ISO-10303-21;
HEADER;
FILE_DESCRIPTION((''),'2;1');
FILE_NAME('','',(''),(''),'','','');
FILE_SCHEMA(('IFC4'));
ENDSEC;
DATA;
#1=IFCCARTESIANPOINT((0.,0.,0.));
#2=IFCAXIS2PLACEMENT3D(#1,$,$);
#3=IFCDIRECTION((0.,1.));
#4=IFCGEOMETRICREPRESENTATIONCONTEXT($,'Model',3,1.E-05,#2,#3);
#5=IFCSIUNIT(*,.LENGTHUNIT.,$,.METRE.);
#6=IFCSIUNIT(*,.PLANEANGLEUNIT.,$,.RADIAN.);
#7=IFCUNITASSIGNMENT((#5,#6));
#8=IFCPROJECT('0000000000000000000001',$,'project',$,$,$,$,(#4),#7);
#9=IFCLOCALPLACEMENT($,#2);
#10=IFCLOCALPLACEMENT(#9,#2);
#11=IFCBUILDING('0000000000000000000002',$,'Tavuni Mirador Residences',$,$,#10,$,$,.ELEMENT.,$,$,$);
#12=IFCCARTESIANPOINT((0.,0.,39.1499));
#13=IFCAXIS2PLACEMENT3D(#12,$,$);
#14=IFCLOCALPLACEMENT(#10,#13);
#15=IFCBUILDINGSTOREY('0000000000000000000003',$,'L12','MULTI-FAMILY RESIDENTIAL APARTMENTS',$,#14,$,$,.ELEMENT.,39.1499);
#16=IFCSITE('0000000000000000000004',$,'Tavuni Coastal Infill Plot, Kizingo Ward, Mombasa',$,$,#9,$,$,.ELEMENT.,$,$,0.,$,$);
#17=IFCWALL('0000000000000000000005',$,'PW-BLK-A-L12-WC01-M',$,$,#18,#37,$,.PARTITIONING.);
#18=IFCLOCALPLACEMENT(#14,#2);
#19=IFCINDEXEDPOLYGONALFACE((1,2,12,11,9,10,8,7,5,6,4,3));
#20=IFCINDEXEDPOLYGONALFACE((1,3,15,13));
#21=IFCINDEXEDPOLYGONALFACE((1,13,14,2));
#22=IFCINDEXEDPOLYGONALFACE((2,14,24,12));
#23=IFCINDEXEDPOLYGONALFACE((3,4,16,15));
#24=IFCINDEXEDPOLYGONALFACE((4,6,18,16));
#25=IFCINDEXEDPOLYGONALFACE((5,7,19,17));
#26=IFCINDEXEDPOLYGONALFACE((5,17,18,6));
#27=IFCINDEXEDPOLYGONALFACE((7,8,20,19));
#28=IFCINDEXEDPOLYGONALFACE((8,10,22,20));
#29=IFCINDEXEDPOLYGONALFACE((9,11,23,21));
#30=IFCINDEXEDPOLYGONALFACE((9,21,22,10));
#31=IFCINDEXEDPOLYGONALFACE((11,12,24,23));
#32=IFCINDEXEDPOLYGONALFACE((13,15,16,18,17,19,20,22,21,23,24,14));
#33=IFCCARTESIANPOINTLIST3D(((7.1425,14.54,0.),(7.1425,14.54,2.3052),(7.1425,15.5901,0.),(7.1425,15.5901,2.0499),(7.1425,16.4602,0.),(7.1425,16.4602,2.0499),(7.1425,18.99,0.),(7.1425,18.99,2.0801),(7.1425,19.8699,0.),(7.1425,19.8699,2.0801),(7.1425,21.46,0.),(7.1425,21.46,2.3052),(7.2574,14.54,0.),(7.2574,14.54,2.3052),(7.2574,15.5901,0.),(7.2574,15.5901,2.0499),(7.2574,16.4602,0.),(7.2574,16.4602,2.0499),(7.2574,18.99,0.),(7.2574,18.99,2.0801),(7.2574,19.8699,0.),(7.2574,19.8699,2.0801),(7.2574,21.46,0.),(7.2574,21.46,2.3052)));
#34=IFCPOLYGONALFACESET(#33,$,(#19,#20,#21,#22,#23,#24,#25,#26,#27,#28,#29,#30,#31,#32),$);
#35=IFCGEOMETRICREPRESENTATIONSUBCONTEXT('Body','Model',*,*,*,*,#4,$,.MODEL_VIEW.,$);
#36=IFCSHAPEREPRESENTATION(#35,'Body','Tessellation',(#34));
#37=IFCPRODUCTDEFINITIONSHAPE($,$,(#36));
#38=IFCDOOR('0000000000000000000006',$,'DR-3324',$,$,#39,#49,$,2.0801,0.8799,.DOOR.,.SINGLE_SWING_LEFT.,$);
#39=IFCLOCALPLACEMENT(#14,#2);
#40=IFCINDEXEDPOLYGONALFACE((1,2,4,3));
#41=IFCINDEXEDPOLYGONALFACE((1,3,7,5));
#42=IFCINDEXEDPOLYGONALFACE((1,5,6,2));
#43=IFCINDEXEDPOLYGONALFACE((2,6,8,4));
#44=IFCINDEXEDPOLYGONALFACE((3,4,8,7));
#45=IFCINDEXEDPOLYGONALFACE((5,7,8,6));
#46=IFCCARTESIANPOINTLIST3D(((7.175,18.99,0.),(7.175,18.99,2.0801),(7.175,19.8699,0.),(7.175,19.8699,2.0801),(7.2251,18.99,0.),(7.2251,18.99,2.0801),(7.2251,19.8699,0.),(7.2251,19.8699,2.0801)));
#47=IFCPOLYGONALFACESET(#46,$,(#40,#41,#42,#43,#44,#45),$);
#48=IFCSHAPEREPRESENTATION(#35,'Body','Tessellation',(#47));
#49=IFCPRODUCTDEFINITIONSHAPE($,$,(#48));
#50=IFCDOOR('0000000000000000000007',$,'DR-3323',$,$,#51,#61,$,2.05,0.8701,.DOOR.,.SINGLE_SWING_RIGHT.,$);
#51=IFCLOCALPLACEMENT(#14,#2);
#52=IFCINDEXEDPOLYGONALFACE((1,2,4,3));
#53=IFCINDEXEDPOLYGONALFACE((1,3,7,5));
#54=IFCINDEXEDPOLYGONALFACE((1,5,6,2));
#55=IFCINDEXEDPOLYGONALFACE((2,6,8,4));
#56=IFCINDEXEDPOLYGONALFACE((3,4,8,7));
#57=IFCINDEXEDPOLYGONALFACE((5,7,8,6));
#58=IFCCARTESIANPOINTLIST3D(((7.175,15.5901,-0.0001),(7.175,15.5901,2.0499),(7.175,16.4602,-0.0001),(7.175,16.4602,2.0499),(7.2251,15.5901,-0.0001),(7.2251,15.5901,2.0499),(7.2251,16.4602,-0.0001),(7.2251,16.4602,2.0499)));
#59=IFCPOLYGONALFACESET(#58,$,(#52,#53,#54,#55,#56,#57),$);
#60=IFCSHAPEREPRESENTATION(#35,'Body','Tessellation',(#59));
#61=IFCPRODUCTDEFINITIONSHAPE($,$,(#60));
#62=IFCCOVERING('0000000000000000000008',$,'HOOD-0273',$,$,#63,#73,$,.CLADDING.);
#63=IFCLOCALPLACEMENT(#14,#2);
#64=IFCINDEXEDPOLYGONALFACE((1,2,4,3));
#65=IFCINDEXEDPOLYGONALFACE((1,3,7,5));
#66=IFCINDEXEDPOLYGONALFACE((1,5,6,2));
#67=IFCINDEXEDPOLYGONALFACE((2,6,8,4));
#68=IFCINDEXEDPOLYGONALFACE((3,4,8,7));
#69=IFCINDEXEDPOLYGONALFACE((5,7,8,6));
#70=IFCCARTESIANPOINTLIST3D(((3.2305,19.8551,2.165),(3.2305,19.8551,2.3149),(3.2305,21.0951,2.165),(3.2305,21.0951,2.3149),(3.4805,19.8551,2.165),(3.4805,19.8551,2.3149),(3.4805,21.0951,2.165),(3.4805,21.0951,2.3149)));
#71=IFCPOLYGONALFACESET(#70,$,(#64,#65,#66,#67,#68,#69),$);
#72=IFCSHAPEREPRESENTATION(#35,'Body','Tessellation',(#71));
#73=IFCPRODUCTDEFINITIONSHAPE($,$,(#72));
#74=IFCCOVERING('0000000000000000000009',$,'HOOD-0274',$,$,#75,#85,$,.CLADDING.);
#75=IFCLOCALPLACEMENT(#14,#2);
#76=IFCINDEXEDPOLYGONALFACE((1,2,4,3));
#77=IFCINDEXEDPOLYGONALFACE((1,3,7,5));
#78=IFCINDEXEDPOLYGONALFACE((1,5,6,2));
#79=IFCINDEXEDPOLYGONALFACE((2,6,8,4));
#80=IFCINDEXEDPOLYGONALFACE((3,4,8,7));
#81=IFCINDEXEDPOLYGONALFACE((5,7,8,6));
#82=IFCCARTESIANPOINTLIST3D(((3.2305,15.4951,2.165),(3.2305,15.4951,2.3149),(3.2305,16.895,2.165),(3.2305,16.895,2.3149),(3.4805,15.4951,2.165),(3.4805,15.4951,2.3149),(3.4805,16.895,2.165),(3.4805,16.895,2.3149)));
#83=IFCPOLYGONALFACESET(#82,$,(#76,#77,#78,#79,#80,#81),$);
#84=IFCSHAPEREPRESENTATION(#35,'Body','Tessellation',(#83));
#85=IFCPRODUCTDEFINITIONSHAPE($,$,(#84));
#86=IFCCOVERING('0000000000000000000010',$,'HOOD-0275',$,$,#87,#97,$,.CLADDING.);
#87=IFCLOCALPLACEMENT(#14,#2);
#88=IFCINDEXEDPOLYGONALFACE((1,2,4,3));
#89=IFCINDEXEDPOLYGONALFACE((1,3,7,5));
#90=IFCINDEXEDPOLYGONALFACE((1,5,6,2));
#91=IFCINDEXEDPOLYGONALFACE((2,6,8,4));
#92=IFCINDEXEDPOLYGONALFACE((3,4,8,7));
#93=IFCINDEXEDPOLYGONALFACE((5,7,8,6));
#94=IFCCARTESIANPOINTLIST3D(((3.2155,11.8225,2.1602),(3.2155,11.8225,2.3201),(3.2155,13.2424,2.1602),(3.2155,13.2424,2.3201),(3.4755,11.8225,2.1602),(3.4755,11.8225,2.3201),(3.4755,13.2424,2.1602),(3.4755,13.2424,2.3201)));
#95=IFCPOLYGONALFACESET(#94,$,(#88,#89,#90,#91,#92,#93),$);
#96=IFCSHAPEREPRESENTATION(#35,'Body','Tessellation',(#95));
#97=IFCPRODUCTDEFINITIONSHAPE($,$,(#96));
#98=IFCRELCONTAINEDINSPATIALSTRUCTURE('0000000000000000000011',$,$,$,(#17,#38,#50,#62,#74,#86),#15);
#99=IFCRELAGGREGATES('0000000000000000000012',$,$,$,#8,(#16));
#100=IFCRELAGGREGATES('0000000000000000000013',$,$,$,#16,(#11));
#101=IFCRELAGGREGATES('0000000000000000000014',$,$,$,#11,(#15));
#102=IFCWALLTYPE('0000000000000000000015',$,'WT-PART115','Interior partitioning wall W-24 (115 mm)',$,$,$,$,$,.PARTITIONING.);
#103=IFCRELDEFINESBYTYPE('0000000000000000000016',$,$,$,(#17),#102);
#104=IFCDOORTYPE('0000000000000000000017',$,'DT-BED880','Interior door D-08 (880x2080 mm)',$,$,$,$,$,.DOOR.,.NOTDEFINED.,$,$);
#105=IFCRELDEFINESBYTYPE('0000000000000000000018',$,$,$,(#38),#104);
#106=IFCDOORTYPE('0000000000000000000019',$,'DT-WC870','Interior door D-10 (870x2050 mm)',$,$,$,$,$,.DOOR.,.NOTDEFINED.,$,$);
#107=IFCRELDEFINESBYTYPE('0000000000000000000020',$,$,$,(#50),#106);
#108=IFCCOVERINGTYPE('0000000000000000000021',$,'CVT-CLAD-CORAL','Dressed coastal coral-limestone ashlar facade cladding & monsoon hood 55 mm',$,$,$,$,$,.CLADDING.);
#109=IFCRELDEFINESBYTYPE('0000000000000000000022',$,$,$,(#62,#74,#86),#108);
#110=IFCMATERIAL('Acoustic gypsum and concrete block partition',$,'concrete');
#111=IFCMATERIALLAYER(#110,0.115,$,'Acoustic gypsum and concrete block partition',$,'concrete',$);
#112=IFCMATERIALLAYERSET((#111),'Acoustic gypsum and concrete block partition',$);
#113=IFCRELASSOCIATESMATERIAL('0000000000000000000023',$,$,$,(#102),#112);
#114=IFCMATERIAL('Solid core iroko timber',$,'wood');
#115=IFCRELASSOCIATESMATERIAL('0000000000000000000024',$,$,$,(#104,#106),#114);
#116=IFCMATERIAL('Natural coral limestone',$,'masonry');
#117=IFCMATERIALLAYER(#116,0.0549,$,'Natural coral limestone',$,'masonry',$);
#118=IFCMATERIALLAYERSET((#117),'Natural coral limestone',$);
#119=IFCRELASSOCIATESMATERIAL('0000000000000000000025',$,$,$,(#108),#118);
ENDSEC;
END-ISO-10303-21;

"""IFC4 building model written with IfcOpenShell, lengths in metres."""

from ifc_helpers import new_model, si_unit, direction, frame, frame_2d, origin, origin_2d, place, context, subcontext, project, spatial, rectangle, extrude, material, layer, layer_set, type_object, element, fill, save


model = new_model("IFC4")

# Units and contexts
model_context = context("Model", 3, precision=1e-05, world=origin(), true_north=direction((0.0, 1.0)))
body_context = subcontext(model_context, "Body", "Model", "MODEL_VIEW")
ifc_project = project(units=[si_unit("LENGTHUNIT", "METRE"), si_unit("PLANEANGLEUNIT", "RADIAN")], contexts=[model_context])

# Site, building, storey
site_placement = place(None, origin())
site = spatial("IfcSite", under=ifc_project, at=site_placement, Name="Tavuni Coastal Infill Plot, Kizingo Ward, Mombasa", CompositionType="ELEMENT", RefElevation=0.0)
building_placement = place(site_placement, origin())
building = spatial("IfcBuilding", under=site, at=building_placement, Name="Tavuni Mirador Residences", CompositionType="ELEMENT")
storey_placement = place(building_placement, frame((0.0, 0.0, 39.1499)))
storey = spatial("IfcBuildingStorey", under=building, at=storey_placement, Name="L12", Description="MULTI-FAMILY RESIDENTIAL APARTMENTS", CompositionType="ELEMENT", Elevation=39.1499)

# Shared definitions
ifc_material_1 = material(Name="Acoustic gypsum and concrete block partition", Category="concrete")

# Wall, openings, doors
ifc_layer_1 = layer(ifc_material_1, 0.115, Name="Acoustic gypsum and concrete block partition", Category="concrete")
ifc_layer_set_1 = layer_set([ifc_layer_1], Name="Acoustic gypsum and concrete block partition")
wall_type_1 = type_object("IfcWallType", Name="WT-PART115", Description="Interior partitioning wall W-24 (115 mm)", PredefinedType="PARTITIONING", material=ifc_layer_set_1)
wall_1_placement = place(storey_placement, frame((7.2, 14.54, 0.0), z_axis=(0.0, 0.0, 1.0), x_axis=(0.0, 1.0, 0.0)))
wall_1 = element("IfcWall", 1, at=wall_1_placement, inside=storey, type_object=wall_type_1, Name="PW-BLK-A-L12-WC01-M", PredefinedType="PARTITIONING", context=body_context, shape_type="SweptSolid", body=[
    extrude(rectangle(XDim=6.9199, YDim=0.115, at=frame_2d((3.46, 0.0))), origin(), (0.0, 0.0, 1.0), 2.3052),
])
opening_1_placement = place(wall_1_placement, frame((1.05, 0.0, 0.0)))
opening_1 = element("IfcOpeningElement", 2, at=opening_1_placement, cuts=wall_1, PredefinedType="OPENING", context=body_context, shape_type="SweptSolid", body=[
    extrude(rectangle(XDim=0.8701, YDim=2.05, at=frame_2d((0.4351, 1.0249))), frame((0.0, 0.0674, 0.0), z_axis=(0.0, -1.0, 0.0), x_axis=(1.0, 0.0, 0.0)), (0.0, 0.0, 1.0), 0.135),
])
opening_2_placement = place(wall_1_placement, frame((4.45, 0.0, 0.0)))
opening_2 = element("IfcOpeningElement", 3, at=opening_2_placement, cuts=wall_1, PredefinedType="OPENING", context=body_context, shape_type="SweptSolid", body=[
    extrude(rectangle(XDim=0.8799, YDim=2.0801, at=frame_2d((0.4399, 1.04))), frame((0.0, 0.0674, 0.0), z_axis=(0.0, -1.0, 0.0), x_axis=(1.0, 0.0, 0.0)), (0.0, 0.0, 1.0), 0.135),
])
ifc_material_2 = material(Name="Solid core iroko timber", Category="wood")
door_type_1 = type_object("IfcDoorType", Name="DT-BED880", Description="Interior door D-08 (880x2080 mm)", OperationType="NOTDEFINED", PredefinedType="DOOR", material=ifc_material_2)
door_1_placement = place(opening_2_placement, origin())
door_1 = element("IfcDoor", 4, at=door_1_placement, inside=storey, type_object=door_type_1, Name="DR-3324", OperationType="SINGLE_SWING_LEFT", OverallHeight=2.0801, OverallWidth=0.8799, PredefinedType="DOOR", context=body_context, shape_type="SweptSolid", body=[
    extrude(rectangle(XDim=0.8799, YDim=2.0801, at=frame_2d((0.4399, 1.04))), frame((0.0, 0.0249, 0.0), z_axis=(0.0, -1.0, 0.0), x_axis=(1.0, 0.0, 0.0)), (0.0, 0.0, 1.0), 0.05),
])
fill(opening_2, door_1)
door_type_2 = type_object("IfcDoorType", Name="DT-WC870", Description="Interior door D-10 (870x2050 mm)", OperationType="NOTDEFINED", PredefinedType="DOOR", material=ifc_material_2)
door_2_placement = place(opening_1_placement, origin())
door_2 = element("IfcDoor", 5, at=door_2_placement, inside=storey, type_object=door_type_2, Name="DR-3323", OperationType="SINGLE_SWING_RIGHT", OverallHeight=2.05, OverallWidth=0.8701, PredefinedType="DOOR", context=body_context, shape_type="SweptSolid", body=[
    extrude(rectangle(XDim=0.8701, YDim=2.05, at=frame_2d((0.4351, 1.0249))), frame((0.0, 0.0249, 0.0), z_axis=(0.0, -1.0, 0.0), x_axis=(1.0, 0.0, 0.0)), (0.0, 0.0, 1.0), 0.05),
])
fill(opening_1, door_2)

# Coverings
ifc_material_3 = material(Name="Natural coral limestone", Category="masonry")
ifc_layer_2 = layer(ifc_material_3, 0.0549, Name="Natural coral limestone", Category="masonry")
ifc_layer_set_2 = layer_set([ifc_layer_2], Name="Natural coral limestone")
covering_type = type_object("IfcCoveringType", Name="CVT-CLAD-CORAL", Description="Dressed coastal coral-limestone ashlar facade cladding & monsoon hood 55 mm", PredefinedType="CLADDING", material=ifc_layer_set_2)
covering_1_placement = place(storey_placement, frame((3.3555, 20.4751, 2.165), z_axis=(0.0, 0.0, 1.0), x_axis=(0.0, -1.0, 0.0)))
element("IfcCovering", 6, at=covering_1_placement, inside=storey, type_object=covering_type, Name="HOOD-0273", PredefinedType="CLADDING", context=body_context, shape_type="SweptSolid", body=[
    extrude(rectangle(XDim=1.24, YDim=0.25, at=origin_2d()), origin(), (0.0, 0.0, 1.0), 0.1499),
])
covering_2_placement = place(storey_placement, frame((3.3555, 16.1951, 2.165), z_axis=(0.0, 0.0, 1.0), x_axis=(0.0, -1.0, 0.0)))
element("IfcCovering", 7, at=covering_2_placement, inside=storey, type_object=covering_type, Name="HOOD-0274", PredefinedType="CLADDING", context=body_context, shape_type="SweptSolid", body=[
    extrude(rectangle(XDim=1.3999, YDim=0.25, at=origin_2d()), origin(), (0.0, 0.0, 1.0), 0.1499),
])
covering_3_placement = place(storey_placement, frame((3.3455, 12.5325, 2.1602), z_axis=(0.0, 0.0, 1.0), x_axis=(0.0, -1.0, 0.0)))
element("IfcCovering", 8, at=covering_3_placement, inside=storey, type_object=covering_type, Name="HOOD-0275", PredefinedType="CLADDING", context=body_context, shape_type="SweptSolid", body=[
    extrude(rectangle(XDim=1.4199, YDim=0.26, at=origin_2d()), origin(), (0.0, 0.0, 1.0), 0.1599),
])

save(model, "model.ifc")
